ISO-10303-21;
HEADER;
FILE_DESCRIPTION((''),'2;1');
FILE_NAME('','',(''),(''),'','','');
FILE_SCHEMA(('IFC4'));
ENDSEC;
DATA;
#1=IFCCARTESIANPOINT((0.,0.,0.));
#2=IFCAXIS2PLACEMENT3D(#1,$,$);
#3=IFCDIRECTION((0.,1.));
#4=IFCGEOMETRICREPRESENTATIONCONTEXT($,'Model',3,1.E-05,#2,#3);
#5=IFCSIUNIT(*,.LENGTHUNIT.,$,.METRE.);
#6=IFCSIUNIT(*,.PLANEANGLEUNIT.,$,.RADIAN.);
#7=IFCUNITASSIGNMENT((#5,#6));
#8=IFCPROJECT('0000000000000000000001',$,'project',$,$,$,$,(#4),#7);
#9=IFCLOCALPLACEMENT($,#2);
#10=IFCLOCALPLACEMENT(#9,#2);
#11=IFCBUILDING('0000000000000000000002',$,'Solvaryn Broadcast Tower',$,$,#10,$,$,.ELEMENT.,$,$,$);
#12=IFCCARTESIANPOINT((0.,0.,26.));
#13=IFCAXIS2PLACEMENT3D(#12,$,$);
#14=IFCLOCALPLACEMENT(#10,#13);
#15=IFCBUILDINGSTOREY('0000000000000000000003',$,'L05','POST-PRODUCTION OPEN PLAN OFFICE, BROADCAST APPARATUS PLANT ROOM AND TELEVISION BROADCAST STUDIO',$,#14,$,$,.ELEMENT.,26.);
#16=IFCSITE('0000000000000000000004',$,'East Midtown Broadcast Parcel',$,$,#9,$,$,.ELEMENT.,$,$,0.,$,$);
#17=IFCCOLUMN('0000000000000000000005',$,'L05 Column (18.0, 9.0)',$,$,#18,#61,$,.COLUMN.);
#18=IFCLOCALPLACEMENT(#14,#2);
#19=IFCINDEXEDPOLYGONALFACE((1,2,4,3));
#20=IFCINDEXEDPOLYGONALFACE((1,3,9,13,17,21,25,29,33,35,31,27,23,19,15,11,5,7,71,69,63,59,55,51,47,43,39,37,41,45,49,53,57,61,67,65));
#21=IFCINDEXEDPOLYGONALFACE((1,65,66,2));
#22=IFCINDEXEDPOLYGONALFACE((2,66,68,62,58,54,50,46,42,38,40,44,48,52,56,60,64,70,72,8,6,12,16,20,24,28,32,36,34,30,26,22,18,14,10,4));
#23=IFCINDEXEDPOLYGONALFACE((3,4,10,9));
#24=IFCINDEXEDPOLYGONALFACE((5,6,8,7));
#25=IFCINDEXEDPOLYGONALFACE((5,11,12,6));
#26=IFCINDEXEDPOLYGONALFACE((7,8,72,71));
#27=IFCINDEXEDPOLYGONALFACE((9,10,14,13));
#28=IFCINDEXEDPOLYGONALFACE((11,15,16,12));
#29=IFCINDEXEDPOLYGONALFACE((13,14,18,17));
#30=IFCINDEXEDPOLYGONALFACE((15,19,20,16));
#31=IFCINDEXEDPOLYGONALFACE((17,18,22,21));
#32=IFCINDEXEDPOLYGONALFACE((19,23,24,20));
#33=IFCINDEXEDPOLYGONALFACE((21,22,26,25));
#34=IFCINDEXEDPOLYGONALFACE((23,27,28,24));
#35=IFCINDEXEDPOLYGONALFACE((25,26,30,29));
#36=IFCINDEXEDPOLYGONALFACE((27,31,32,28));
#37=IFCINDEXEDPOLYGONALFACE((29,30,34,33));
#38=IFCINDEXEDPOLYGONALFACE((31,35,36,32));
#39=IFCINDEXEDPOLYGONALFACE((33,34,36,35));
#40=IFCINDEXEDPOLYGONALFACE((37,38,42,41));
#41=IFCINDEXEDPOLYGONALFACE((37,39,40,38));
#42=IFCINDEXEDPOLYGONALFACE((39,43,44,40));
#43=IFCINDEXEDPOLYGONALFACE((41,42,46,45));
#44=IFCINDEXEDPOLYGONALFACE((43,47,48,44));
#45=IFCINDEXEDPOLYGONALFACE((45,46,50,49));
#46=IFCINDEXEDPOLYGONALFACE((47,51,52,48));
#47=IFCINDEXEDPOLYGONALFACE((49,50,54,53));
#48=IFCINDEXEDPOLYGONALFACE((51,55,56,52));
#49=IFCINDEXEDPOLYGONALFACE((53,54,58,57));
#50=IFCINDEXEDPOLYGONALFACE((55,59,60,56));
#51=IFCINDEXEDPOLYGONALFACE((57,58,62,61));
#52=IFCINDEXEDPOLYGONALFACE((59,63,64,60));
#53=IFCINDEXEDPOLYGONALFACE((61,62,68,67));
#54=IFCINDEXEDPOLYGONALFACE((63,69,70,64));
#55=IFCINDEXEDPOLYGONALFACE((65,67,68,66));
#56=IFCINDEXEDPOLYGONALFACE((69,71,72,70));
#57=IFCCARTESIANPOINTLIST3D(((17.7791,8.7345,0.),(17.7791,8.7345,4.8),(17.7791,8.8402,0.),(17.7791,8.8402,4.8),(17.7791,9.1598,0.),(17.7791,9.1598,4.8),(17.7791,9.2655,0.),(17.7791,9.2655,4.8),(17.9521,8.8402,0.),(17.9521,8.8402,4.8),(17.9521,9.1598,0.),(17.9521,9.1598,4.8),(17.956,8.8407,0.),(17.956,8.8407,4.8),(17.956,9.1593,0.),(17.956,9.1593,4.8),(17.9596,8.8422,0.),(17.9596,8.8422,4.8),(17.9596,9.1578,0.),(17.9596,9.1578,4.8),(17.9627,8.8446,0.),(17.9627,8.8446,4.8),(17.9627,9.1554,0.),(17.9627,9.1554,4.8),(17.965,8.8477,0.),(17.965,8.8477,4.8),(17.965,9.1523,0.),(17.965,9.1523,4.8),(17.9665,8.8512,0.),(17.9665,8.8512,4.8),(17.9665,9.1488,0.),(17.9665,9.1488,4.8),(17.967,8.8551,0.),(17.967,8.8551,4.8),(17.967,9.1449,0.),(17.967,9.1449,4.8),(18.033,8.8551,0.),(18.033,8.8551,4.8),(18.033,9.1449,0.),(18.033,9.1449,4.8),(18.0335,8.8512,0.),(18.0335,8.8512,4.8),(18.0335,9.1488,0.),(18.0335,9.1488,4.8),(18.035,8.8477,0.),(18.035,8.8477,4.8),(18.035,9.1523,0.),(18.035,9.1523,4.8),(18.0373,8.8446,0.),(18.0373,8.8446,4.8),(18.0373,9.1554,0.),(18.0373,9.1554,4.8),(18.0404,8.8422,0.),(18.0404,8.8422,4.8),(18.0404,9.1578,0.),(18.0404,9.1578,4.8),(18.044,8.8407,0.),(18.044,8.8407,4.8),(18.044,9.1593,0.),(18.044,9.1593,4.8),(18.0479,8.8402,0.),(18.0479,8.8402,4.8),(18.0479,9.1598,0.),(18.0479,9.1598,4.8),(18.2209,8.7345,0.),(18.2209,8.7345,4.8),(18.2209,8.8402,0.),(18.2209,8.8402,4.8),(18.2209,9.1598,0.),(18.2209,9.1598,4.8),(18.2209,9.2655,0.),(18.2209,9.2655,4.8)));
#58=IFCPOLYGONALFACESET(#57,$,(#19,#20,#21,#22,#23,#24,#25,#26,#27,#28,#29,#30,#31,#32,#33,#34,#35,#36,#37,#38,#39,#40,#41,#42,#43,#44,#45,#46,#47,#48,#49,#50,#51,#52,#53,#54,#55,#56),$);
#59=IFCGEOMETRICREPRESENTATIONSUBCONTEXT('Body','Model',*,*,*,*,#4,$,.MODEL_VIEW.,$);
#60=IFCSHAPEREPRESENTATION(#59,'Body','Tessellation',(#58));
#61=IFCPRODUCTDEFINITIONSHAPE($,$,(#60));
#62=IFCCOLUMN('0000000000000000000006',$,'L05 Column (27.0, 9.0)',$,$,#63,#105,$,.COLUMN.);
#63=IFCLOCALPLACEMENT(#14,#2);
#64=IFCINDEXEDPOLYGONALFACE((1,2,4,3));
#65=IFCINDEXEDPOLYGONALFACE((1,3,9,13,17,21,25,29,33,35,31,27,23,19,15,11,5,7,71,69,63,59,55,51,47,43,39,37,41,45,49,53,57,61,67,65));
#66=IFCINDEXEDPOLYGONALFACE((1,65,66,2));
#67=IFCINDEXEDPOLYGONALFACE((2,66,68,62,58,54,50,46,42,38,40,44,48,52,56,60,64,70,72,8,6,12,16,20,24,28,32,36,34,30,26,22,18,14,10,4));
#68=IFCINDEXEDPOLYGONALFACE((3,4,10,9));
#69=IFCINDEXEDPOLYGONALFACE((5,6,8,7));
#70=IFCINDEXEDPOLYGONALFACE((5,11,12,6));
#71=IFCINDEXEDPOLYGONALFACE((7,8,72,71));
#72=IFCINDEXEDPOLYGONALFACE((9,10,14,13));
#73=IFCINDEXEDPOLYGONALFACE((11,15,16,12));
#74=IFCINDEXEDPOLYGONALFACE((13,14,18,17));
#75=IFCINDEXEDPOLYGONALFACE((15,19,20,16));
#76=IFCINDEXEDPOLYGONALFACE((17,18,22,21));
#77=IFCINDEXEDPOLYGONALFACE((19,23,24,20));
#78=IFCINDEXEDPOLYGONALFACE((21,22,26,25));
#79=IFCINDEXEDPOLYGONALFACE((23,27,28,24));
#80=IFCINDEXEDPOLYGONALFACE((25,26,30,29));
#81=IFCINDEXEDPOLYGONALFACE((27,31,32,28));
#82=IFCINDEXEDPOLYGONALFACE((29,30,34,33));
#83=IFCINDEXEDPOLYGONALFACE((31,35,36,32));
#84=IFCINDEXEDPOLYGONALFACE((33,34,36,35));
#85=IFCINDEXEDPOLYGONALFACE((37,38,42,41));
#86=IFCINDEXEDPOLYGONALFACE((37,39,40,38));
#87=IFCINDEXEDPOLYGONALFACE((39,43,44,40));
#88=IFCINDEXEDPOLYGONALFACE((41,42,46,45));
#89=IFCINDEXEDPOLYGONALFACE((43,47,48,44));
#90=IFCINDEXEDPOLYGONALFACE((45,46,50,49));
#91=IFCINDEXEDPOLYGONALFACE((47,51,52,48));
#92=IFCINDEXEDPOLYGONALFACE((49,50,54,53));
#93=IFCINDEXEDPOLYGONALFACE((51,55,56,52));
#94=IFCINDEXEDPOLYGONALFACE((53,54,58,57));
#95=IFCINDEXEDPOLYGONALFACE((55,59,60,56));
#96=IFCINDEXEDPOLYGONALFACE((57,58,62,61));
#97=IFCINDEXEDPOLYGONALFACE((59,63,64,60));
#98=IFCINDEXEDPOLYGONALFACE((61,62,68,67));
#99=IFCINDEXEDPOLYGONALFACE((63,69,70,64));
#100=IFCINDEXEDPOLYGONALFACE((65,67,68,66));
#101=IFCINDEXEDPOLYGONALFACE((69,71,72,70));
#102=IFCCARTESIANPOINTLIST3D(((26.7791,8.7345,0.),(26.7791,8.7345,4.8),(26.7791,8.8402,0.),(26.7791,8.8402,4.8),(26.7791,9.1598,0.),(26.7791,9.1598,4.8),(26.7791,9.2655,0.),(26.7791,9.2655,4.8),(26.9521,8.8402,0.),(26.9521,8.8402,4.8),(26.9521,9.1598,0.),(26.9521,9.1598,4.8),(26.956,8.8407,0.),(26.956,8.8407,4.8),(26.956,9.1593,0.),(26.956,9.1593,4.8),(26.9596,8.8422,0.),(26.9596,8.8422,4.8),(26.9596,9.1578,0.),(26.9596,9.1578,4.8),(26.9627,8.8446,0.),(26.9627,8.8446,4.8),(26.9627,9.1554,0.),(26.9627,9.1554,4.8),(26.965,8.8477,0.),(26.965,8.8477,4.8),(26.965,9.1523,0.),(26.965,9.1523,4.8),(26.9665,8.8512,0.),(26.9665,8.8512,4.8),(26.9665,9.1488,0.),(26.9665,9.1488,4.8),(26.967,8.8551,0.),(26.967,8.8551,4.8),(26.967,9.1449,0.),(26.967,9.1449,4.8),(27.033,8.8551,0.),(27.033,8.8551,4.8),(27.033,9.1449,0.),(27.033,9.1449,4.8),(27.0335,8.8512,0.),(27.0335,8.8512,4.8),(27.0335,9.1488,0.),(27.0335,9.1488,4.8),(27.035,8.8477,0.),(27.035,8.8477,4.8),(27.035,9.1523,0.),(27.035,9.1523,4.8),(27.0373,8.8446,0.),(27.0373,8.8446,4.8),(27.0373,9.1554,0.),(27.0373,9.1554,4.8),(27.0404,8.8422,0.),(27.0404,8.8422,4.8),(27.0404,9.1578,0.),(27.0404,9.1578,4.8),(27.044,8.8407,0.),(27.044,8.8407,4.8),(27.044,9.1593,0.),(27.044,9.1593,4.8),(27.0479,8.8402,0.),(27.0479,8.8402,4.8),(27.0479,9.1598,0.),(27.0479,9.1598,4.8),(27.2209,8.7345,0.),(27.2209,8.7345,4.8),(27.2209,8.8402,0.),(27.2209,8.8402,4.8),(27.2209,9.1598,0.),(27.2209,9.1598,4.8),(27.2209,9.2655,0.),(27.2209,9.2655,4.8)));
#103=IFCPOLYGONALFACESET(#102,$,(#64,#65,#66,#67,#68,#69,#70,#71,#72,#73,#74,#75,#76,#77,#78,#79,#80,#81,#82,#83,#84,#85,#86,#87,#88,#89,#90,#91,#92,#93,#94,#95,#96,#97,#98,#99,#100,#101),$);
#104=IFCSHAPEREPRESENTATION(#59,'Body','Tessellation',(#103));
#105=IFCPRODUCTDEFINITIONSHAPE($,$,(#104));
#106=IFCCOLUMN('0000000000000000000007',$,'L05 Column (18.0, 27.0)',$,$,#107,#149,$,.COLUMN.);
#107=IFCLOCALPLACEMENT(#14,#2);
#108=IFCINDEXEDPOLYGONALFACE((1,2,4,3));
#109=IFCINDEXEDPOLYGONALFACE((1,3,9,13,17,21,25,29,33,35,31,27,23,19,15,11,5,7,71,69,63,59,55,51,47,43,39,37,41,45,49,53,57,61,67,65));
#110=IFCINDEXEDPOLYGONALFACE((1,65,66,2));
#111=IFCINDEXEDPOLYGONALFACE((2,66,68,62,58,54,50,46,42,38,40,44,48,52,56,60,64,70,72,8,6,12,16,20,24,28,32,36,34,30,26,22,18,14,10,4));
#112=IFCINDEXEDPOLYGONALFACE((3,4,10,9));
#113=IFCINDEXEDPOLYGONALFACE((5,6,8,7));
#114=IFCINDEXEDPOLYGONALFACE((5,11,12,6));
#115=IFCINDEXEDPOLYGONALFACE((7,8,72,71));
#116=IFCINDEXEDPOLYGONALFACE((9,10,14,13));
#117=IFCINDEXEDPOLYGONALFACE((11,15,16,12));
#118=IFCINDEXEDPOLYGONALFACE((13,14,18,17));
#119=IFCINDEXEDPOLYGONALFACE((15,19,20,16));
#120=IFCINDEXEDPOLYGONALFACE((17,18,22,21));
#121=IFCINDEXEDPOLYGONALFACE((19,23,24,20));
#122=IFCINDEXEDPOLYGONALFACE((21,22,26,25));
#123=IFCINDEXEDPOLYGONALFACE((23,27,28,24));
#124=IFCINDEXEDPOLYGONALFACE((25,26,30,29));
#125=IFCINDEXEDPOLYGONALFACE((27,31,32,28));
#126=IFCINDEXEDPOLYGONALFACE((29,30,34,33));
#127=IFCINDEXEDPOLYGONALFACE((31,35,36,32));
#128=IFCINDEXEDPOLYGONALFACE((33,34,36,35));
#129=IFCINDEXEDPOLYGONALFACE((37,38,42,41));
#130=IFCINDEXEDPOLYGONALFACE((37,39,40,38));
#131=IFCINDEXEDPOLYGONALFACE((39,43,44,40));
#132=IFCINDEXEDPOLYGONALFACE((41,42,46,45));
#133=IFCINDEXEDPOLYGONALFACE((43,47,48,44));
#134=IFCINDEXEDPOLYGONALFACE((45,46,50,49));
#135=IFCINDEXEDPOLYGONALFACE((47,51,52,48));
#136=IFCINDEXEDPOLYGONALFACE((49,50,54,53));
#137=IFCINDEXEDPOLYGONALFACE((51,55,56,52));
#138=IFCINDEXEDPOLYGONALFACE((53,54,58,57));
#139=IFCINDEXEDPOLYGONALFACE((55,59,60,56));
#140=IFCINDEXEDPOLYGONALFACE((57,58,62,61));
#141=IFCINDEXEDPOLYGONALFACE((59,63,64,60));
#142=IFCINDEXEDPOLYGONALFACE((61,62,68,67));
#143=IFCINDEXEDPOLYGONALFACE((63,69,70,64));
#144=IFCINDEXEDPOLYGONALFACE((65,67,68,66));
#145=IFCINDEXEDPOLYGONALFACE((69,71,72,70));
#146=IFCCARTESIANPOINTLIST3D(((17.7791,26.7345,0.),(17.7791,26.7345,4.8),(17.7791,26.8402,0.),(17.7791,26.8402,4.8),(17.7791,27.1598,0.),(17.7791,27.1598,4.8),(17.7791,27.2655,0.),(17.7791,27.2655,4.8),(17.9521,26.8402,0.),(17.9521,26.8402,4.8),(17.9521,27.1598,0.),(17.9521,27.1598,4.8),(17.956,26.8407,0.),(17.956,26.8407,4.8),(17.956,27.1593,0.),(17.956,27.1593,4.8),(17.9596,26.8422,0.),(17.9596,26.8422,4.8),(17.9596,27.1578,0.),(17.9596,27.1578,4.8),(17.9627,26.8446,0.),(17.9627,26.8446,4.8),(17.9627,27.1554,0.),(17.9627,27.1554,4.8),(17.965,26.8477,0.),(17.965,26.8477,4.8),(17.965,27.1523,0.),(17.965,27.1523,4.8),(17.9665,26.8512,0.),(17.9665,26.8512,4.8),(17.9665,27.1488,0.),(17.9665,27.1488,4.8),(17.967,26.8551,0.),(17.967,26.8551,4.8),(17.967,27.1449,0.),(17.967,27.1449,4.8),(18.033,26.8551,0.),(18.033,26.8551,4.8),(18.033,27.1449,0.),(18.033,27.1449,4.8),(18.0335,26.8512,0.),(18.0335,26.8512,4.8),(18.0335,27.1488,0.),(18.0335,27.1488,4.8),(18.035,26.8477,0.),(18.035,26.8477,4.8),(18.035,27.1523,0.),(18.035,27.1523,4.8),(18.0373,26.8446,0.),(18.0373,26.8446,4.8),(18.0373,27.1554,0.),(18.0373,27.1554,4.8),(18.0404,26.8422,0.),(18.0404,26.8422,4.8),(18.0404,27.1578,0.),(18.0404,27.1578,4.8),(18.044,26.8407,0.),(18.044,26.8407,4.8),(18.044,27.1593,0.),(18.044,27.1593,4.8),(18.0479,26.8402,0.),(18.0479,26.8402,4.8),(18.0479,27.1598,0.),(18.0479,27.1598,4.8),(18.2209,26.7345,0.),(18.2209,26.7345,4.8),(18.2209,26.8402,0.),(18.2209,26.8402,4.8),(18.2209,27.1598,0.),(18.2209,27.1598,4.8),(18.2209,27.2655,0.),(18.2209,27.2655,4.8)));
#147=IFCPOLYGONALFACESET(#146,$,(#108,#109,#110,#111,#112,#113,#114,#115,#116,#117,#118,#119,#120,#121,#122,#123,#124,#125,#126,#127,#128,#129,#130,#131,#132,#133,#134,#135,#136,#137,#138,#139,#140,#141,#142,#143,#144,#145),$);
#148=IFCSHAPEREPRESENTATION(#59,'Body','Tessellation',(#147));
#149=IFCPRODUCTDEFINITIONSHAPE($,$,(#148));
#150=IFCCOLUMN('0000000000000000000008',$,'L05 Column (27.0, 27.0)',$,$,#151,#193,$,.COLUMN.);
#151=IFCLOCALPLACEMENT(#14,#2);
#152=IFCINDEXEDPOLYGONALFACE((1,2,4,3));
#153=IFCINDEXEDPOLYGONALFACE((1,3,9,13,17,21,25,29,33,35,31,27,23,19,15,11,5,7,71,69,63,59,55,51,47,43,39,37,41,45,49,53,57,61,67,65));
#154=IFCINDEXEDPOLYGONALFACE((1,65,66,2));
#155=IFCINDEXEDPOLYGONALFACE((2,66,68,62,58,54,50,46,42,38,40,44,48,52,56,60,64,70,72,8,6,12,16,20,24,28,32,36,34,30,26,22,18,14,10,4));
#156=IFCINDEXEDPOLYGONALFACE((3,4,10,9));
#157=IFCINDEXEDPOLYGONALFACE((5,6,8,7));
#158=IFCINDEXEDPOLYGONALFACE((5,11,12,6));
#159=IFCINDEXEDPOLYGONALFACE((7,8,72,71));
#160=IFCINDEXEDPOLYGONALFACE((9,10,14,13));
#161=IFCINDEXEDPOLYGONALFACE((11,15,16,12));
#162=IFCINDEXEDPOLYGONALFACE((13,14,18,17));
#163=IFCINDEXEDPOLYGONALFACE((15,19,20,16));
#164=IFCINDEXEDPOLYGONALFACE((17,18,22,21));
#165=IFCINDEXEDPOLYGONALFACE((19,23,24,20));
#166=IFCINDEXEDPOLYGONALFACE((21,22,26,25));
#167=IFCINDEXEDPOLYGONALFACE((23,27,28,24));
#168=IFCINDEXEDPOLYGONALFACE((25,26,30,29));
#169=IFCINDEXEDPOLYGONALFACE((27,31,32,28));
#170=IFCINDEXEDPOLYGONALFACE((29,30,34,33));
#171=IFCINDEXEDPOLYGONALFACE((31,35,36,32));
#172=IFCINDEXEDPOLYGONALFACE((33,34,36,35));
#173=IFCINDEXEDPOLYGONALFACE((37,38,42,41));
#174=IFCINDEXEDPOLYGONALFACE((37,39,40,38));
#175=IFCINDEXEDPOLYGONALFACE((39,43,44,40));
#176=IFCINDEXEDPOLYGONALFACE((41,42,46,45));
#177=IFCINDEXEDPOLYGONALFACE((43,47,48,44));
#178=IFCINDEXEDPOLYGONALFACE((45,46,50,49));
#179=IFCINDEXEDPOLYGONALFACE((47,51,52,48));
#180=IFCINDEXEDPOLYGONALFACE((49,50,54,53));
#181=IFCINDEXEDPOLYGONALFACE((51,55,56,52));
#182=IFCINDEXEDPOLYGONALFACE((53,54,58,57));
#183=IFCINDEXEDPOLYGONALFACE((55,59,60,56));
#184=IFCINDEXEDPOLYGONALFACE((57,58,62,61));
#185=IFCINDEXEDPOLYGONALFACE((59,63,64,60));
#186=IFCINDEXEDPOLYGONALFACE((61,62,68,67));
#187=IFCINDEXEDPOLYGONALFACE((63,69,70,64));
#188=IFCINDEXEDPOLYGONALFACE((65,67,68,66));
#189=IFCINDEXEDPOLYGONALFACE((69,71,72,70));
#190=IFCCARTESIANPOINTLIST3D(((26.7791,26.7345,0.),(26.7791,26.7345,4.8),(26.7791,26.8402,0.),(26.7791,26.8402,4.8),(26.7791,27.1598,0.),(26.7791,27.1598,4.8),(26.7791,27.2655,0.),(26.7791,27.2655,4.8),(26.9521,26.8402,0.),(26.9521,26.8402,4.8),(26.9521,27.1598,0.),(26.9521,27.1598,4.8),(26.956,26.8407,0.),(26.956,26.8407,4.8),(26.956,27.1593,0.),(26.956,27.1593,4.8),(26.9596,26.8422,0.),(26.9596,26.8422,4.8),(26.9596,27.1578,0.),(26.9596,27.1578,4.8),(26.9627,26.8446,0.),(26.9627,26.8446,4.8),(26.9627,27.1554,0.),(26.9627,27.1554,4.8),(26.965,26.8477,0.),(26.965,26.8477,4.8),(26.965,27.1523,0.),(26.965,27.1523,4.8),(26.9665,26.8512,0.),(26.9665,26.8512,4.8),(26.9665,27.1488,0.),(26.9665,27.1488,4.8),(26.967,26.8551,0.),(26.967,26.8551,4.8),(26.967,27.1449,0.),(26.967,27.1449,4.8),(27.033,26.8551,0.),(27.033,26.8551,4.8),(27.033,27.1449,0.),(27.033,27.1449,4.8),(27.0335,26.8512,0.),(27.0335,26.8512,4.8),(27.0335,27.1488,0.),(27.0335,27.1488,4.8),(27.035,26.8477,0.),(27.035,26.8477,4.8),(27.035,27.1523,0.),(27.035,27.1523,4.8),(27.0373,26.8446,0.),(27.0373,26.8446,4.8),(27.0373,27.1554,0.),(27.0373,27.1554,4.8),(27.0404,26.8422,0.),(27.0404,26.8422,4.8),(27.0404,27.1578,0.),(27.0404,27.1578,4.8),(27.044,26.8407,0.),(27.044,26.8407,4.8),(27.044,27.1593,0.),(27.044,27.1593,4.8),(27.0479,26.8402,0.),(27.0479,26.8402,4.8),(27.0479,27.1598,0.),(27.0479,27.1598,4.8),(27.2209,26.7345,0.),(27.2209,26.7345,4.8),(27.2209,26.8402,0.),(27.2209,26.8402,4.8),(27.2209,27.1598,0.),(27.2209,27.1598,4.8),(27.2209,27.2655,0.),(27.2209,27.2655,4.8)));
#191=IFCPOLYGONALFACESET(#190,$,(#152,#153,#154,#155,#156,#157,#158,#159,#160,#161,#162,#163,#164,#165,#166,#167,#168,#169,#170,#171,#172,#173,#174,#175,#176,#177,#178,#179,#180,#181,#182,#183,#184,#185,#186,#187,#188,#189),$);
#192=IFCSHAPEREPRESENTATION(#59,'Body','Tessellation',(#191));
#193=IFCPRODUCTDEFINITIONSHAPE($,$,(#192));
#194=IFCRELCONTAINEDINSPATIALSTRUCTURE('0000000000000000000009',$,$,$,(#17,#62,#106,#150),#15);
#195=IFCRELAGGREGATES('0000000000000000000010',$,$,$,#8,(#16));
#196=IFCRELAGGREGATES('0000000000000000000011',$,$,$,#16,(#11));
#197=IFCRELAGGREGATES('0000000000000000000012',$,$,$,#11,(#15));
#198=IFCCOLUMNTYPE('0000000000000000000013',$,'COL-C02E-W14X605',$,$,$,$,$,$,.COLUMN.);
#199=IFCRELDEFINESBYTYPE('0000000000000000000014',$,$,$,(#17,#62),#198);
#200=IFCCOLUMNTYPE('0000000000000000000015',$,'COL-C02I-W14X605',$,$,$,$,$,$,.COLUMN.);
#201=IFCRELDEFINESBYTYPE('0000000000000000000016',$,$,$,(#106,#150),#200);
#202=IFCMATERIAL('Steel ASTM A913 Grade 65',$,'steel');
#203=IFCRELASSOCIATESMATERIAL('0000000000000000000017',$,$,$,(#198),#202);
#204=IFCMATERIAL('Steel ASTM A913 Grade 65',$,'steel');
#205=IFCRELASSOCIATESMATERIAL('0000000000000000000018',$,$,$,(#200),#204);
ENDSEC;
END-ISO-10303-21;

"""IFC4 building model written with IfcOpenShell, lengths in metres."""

from ifc_helpers import new_model, si_unit, direction, frame, origin, origin_2d, place, context, subcontext, project, spatial, i_section, extrude, material, material_profile, profile_set, type_object, element, save


model = new_model("IFC4")

# Units and contexts
model_context = context("Model", 3, precision=1e-05, world=origin(), true_north=direction((0.0, 1.0)))
body_context = subcontext(model_context, "Body", "Model", "MODEL_VIEW")
ifc_project = project(units=[si_unit("LENGTHUNIT", "METRE"), si_unit("PLANEANGLEUNIT", "RADIAN")], contexts=[model_context])

# Site, building, storey
site_placement = place(None, origin())
site = spatial("IfcSite", under=ifc_project, at=site_placement, Name="East Midtown Broadcast Parcel", CompositionType="ELEMENT", RefElevation=0.0)
building_placement = place(site_placement, origin())
building = spatial("IfcBuilding", under=site, at=building_placement, Name="Solvaryn Broadcast Tower", CompositionType="ELEMENT")
storey_placement = place(building_placement, frame((0.0, 0.0, 26.0)))
storey = spatial("IfcBuildingStorey", under=building, at=storey_placement, Name="L05", Description="POST-PRODUCTION OPEN PLAN OFFICE, BROADCAST APPARATUS PLANT ROOM AND TELEVISION BROADCAST STUDIO", CompositionType="ELEMENT", Elevation=26.0)

# Columns
ifc_material_1 = material(Name="Steel ASTM A913 Grade 65", Category="steel")
ifc_material_profile_1 = material_profile(ifc_material_1, i_section(OverallWidth=0.4419, OverallDepth=0.531, WebThickness=0.0659, FlangeThickness=0.1057, FilletRadius=0.0149, at=origin_2d()))
ifc_profile_set_1 = profile_set([ifc_material_profile_1], Name="Steel ASTM A913 Grade 65")
column_type_1 = type_object("IfcColumnType", Name="COL-C02E-W14X605", PredefinedType="COLUMN", material=ifc_profile_set_1)
for number, where, z_axis, x_axis, name in (
    (1, (18.0, 9.0, 0.0), (0.0, 0.0, 1.0), (1.0, 0.0, 0.0), "L05 Column (18.0, 9.0)"),
    (2, (27.0, 9.0, 0.0), (0.0, 0.0, 1.0), (1.0, 0.0, 0.0), "L05 Column (27.0, 9.0)"),
):
    element("IfcColumn", number, at=place(storey_placement, frame(where, z_axis=z_axis, x_axis=x_axis)), inside=storey, type_object=column_type_1, Name=name, PredefinedType="COLUMN", context=body_context, shape_type="SweptSolid", body=[
        extrude(i_section(OverallWidth=0.4419, OverallDepth=0.531, WebThickness=0.0659, FlangeThickness=0.1057, FilletRadius=0.0149, at=origin_2d()), origin(), (0.0, 0.0, 1.0), 4.8),
    ])
ifc_material_2 = material(Name="Steel ASTM A913 Grade 65", Category="steel")
ifc_material_profile_2 = material_profile(ifc_material_2, i_section(OverallWidth=0.4419, OverallDepth=0.531, WebThickness=0.0659, FlangeThickness=0.1057, FilletRadius=0.0149, at=origin_2d()))
ifc_profile_set_2 = profile_set([ifc_material_profile_2], Name="Steel ASTM A913 Grade 65")
column_type_2 = type_object("IfcColumnType", Name="COL-C02I-W14X605", PredefinedType="COLUMN", material=ifc_profile_set_2)
for number, where, z_axis, x_axis, name in (
    (3, (18.0, 27.0, 0.0), (0.0, 0.0, 1.0), (1.0, 0.0, 0.0), "L05 Column (18.0, 27.0)"),
    (4, (27.0, 27.0, 0.0), (0.0, 0.0, 1.0), (1.0, 0.0, 0.0), "L05 Column (27.0, 27.0)"),
):
    element("IfcColumn", number, at=place(storey_placement, frame(where, z_axis=z_axis, x_axis=x_axis)), inside=storey, type_object=column_type_2, Name=name, PredefinedType="COLUMN", context=body_context, shape_type="SweptSolid", body=[
        extrude(i_section(OverallWidth=0.4419, OverallDepth=0.531, WebThickness=0.0659, FlangeThickness=0.1057, FilletRadius=0.0149, at=origin_2d()), origin(), (0.0, 0.0, 1.0), 4.8),
    ])

save(model, "model.ifc")
